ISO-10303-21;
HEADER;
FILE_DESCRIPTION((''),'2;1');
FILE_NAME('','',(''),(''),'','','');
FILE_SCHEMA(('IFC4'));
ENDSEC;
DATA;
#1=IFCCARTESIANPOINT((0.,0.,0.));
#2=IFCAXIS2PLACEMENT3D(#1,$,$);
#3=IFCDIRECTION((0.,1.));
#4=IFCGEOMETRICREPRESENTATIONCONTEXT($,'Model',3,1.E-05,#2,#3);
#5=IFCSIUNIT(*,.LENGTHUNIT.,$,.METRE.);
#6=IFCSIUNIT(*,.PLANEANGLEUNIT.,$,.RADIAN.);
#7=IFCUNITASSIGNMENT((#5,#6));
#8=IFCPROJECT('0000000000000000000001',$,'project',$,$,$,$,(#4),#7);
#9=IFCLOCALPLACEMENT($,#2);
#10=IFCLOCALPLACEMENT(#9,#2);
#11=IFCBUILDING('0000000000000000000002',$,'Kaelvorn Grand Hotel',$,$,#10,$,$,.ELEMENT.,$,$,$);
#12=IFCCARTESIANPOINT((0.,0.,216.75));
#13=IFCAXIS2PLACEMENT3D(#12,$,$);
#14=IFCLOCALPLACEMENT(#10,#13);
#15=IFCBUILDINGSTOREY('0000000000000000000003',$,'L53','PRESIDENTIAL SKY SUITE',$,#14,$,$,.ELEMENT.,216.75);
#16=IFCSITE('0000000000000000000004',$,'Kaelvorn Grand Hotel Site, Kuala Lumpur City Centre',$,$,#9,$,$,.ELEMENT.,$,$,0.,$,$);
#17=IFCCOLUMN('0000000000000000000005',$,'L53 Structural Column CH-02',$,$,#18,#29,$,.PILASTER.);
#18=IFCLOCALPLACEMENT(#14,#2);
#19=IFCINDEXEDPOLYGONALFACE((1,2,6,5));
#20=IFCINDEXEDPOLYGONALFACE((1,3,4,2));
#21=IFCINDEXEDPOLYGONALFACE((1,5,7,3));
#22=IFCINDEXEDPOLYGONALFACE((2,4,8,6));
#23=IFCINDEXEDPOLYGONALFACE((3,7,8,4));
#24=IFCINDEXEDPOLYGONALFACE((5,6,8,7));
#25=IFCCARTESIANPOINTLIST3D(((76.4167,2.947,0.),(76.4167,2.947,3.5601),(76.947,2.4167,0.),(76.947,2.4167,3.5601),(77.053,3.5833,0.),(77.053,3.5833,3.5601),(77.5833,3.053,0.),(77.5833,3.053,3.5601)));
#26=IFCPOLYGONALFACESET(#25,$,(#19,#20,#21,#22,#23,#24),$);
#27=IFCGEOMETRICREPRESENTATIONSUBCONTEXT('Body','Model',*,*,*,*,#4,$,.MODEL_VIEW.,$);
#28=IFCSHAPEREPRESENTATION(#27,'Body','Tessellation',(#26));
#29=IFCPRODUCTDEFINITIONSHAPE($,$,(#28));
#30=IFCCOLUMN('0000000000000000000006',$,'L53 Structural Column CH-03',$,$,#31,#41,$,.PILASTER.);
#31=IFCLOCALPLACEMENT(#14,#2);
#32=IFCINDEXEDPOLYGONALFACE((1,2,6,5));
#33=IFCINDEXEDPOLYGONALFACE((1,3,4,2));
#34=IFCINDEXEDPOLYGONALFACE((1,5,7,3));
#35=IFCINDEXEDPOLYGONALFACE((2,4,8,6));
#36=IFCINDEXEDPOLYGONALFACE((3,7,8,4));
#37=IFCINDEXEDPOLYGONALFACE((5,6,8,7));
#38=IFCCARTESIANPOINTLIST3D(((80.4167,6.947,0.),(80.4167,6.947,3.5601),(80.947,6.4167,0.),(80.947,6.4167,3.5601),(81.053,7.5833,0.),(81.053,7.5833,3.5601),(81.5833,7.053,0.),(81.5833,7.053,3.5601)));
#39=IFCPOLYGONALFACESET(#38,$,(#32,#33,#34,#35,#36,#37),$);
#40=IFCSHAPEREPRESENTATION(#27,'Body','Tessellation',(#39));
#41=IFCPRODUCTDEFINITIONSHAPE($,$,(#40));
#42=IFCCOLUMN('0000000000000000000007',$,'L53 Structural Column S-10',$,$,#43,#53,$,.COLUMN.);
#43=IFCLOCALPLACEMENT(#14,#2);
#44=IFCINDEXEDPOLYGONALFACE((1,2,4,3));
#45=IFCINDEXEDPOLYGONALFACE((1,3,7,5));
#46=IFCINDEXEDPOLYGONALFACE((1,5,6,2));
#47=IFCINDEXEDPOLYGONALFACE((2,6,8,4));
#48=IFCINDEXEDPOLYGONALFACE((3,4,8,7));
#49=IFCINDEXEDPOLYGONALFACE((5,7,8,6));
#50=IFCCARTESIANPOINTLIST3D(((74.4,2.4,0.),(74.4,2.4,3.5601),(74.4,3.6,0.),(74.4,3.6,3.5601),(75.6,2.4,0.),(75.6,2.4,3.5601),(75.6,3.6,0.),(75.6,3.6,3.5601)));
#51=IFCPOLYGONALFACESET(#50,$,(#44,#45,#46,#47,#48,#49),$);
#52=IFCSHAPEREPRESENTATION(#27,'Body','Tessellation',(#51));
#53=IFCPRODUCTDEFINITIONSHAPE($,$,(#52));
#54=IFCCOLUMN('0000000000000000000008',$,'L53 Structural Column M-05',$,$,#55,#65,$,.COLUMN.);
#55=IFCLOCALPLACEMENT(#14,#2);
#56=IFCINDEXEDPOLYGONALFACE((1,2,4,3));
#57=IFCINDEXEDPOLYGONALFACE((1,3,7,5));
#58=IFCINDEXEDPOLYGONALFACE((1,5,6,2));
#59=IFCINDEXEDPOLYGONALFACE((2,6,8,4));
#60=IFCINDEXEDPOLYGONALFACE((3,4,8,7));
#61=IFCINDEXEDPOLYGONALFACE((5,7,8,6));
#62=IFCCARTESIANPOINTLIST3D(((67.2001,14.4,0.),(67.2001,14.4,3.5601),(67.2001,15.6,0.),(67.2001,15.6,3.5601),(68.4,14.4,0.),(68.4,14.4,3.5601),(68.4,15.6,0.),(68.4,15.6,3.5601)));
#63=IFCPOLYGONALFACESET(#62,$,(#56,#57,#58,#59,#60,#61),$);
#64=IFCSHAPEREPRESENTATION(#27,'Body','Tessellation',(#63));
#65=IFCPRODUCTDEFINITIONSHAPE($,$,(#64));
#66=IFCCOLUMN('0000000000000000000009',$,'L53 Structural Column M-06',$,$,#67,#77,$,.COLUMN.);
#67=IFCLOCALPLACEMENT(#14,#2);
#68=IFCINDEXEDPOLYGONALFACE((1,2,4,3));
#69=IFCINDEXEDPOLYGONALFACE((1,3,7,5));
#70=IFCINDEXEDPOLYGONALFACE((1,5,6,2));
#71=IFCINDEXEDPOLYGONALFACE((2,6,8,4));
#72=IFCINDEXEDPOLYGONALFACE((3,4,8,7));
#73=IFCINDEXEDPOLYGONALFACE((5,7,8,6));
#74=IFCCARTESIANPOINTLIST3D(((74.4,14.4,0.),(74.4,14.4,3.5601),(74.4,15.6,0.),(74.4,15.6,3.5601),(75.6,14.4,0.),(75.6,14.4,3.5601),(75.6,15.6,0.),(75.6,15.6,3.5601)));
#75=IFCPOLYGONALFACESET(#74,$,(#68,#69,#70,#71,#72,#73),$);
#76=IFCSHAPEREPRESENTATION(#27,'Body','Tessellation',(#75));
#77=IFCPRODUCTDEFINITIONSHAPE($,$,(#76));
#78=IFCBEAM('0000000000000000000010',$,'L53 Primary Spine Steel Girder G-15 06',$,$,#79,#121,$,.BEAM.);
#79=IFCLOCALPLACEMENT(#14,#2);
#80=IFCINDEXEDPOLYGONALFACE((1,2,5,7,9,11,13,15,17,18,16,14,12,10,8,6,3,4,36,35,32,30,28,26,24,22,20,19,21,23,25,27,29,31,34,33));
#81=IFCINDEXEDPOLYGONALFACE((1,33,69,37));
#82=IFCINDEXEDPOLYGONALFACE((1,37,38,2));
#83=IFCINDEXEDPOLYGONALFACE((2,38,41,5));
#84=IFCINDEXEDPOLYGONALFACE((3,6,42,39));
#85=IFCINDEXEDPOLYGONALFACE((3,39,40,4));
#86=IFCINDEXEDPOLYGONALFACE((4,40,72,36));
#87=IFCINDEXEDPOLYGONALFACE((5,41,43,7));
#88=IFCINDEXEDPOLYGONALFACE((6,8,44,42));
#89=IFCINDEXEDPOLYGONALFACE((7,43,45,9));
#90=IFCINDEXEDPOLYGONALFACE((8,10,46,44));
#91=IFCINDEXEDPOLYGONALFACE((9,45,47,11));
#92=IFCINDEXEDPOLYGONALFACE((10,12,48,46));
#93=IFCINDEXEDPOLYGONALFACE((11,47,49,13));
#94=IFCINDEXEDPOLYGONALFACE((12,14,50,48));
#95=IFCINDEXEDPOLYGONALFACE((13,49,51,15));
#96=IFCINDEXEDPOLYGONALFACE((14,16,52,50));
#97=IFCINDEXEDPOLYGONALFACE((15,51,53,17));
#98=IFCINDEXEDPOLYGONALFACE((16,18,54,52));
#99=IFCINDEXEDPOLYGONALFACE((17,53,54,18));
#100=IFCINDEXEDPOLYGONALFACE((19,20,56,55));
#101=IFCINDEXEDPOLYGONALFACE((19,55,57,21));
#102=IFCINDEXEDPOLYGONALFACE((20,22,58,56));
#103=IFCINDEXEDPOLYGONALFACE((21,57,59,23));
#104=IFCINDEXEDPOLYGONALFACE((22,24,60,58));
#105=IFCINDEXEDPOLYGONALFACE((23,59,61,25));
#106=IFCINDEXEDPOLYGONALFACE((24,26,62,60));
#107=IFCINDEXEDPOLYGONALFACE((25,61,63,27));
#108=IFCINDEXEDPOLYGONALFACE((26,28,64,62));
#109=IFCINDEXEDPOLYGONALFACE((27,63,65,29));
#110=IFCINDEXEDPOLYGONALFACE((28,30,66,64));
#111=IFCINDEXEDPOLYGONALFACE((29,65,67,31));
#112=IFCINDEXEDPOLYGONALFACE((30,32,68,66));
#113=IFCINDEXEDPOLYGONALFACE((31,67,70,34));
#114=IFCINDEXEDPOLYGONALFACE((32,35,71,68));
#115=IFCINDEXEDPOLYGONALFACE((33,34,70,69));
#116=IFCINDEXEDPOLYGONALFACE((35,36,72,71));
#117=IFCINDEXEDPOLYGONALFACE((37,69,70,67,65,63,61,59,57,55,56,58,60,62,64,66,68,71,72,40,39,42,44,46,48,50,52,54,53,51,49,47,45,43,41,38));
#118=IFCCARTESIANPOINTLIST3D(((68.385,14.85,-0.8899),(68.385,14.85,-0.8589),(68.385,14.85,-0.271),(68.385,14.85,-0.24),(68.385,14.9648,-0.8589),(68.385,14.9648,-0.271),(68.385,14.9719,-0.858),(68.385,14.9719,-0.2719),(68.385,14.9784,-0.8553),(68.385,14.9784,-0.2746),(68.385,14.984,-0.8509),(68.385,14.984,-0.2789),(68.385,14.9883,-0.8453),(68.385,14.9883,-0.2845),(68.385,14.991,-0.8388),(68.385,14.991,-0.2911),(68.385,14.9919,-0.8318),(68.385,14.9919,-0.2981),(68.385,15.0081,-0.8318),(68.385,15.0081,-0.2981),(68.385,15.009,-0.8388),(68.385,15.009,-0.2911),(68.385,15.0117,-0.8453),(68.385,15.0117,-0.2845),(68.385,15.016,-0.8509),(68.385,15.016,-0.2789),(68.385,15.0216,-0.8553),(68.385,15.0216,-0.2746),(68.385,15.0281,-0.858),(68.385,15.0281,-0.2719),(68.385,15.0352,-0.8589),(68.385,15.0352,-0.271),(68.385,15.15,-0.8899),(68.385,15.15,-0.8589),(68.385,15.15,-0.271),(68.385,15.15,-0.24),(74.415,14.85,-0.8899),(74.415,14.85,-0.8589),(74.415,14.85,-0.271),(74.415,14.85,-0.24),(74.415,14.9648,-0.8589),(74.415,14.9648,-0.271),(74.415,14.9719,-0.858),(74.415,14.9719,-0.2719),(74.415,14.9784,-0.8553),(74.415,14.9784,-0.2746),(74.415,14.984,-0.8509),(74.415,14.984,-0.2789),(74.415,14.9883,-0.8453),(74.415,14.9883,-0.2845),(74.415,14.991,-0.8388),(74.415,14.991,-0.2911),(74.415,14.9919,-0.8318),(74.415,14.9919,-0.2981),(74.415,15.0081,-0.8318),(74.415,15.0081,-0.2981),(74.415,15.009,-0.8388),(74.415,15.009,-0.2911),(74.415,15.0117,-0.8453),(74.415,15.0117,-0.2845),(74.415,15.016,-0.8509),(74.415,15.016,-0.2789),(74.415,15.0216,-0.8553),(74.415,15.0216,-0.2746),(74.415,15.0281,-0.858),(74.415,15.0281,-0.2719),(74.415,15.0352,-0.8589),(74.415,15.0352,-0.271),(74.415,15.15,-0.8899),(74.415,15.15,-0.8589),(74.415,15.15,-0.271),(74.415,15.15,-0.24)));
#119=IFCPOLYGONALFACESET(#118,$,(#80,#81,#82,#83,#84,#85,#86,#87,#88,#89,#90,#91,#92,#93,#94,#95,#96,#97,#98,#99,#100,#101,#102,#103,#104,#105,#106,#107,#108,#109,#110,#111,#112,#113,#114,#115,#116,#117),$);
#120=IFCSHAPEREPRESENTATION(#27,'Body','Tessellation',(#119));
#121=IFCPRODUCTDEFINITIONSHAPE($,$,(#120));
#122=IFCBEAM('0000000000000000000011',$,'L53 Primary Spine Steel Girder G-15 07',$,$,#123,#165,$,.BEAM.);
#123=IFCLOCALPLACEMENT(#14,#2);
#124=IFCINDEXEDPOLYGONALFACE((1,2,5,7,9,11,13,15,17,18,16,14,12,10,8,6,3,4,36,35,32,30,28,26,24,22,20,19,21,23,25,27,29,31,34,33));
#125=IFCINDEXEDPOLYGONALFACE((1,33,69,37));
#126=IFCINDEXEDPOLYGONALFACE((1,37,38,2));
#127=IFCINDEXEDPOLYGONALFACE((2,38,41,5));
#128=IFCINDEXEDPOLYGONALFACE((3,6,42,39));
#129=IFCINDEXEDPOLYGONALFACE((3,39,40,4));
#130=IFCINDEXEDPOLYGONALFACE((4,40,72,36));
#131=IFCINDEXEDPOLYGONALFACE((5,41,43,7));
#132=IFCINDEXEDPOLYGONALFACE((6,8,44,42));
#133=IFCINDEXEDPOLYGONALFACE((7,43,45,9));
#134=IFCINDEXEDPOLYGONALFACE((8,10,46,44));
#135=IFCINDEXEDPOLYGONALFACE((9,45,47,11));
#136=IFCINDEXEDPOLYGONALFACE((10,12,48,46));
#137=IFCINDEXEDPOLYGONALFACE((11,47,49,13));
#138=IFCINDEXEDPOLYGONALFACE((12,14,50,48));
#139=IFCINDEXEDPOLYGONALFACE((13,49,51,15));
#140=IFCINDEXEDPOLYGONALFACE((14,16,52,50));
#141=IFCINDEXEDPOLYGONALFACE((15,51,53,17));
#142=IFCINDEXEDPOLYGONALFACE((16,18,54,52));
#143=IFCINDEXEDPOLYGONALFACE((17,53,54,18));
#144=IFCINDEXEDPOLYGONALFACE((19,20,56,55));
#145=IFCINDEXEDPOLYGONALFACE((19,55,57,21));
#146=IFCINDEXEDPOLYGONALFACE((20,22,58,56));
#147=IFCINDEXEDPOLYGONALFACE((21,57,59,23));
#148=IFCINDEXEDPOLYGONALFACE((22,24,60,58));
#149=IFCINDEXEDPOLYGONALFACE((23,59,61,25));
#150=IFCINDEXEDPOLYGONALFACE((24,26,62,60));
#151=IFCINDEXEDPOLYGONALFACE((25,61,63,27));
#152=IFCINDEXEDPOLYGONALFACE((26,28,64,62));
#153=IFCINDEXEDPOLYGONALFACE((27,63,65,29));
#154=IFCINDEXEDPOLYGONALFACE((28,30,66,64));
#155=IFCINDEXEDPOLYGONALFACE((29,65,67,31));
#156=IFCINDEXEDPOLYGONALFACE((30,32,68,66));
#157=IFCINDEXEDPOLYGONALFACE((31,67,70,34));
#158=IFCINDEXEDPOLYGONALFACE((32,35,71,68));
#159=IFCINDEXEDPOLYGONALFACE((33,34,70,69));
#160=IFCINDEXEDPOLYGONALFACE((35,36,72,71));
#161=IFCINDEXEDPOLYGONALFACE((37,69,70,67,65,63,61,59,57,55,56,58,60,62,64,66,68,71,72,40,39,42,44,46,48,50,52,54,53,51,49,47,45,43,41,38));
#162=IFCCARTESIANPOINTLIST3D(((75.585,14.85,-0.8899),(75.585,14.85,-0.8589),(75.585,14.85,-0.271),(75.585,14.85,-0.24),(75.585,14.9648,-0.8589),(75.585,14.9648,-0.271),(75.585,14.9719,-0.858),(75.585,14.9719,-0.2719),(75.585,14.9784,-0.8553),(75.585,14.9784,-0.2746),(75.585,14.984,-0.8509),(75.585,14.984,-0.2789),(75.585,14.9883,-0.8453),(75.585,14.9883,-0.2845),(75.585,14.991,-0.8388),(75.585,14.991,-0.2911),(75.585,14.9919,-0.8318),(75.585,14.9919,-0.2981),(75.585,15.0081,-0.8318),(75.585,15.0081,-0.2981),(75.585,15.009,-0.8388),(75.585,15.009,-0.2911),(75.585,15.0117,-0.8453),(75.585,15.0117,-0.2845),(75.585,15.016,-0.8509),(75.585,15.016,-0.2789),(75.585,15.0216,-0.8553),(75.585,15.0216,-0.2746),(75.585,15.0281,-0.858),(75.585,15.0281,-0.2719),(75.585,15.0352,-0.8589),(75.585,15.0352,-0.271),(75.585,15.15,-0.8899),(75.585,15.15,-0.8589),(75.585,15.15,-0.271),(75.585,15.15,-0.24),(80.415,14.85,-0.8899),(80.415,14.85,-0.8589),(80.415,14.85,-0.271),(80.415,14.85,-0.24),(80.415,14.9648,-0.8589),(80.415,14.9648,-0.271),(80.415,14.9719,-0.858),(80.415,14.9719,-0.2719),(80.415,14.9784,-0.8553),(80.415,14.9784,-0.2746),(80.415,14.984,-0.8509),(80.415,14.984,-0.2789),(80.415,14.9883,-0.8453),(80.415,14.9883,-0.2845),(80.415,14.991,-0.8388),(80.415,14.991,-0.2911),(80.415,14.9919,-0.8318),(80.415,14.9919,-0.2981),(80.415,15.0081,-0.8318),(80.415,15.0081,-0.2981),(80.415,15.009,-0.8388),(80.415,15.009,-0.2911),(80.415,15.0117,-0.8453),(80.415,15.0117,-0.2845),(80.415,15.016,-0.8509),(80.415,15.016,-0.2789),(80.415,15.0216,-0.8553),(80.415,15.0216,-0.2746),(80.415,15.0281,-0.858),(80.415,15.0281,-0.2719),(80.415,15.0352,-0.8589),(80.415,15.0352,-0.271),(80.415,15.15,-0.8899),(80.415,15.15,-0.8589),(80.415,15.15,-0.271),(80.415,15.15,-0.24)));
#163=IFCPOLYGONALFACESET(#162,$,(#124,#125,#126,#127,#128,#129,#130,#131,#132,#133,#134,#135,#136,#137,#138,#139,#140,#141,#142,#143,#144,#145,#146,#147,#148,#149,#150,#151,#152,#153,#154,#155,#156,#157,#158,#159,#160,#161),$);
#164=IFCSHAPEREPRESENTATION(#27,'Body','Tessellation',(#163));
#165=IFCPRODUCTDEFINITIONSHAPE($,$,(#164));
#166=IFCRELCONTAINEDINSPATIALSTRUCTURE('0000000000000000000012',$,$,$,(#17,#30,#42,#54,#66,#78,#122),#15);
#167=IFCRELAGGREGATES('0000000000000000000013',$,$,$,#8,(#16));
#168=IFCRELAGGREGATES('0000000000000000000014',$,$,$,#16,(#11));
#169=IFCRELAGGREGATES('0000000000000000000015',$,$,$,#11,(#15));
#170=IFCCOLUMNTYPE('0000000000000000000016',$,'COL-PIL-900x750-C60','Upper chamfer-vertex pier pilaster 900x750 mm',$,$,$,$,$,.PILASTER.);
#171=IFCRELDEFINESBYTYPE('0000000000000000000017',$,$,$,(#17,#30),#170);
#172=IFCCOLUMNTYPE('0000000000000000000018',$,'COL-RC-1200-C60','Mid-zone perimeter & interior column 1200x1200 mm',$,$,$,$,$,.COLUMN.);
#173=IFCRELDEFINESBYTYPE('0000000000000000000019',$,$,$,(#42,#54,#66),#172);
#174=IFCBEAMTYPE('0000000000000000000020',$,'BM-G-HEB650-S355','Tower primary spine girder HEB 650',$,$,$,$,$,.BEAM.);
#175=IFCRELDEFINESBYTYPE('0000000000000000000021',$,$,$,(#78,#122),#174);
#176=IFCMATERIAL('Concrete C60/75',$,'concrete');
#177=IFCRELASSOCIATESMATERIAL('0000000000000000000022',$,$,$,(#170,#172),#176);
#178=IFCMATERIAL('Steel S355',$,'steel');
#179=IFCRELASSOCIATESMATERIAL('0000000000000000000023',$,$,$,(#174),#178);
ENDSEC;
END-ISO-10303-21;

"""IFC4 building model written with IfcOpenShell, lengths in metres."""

from ifc_helpers import new_model, si_unit, direction, frame, origin, origin_2d, place, context, subcontext, project, spatial, rectangle, i_section, extrude, material, material_profile, profile_set, type_object, element, save


model = new_model("IFC4")

# Units and contexts
model_context = context("Model", 3, precision=1e-05, world=origin(), true_north=direction((0.0, 1.0)))
body_context = subcontext(model_context, "Body", "Model", "MODEL_VIEW")
ifc_project = project(units=[si_unit("LENGTHUNIT", "METRE"), si_unit("PLANEANGLEUNIT", "RADIAN")], contexts=[model_context])

# Site, building, storey
site_placement = place(None, origin())
site = spatial("IfcSite", under=ifc_project, at=site_placement, Name="Kaelvorn Grand Hotel Site, Kuala Lumpur City Centre", CompositionType="ELEMENT", RefElevation=0.0)
building_placement = place(site_placement, origin())
building = spatial("IfcBuilding", under=site, at=building_placement, Name="Kaelvorn Grand Hotel", CompositionType="ELEMENT")
storey_placement = place(building_placement, frame((0.0, 0.0, 216.75)))
storey = spatial("IfcBuildingStorey", under=building, at=storey_placement, Name="L53", Description="PRESIDENTIAL SKY SUITE", CompositionType="ELEMENT", Elevation=216.75)

# Columns
ifc_material_1 = material(Name="Concrete C60/75", Category="concrete")
ifc_material_profile_1 = material_profile(ifc_material_1, rectangle(XDim=0.8999, YDim=0.75, at=origin_2d()), Name="RC PILASTER 900x750")
ifc_profile_set_1 = profile_set([ifc_material_profile_1], Name="Concrete C60/75")
column_type_1 = type_object("IfcColumnType", Name="COL-PIL-900x750-C60", Description="Upper chamfer-vertex pier pilaster 900x750 mm", PredefinedType="PILASTER", material=ifc_profile_set_1)
for number, where, z_axis, x_axis, name in (
    (1, (77.0, 3.0, 0.0), (0.0, 0.0, 1.0), (0.707107, 0.707107, 0.0), "L53 Structural Column CH-02"),
    (2, (81.0, 7.0, 0.0), (0.0, 0.0, 1.0), (0.707107, 0.707107, 0.0), "L53 Structural Column CH-03"),
):
    element("IfcColumn", number, at=place(storey_placement, frame(where, z_axis=z_axis, x_axis=x_axis)), inside=storey, type_object=column_type_1, Name=name, PredefinedType="PILASTER", context=body_context, shape_type="SweptSolid", body=[
        extrude(rectangle(XDim=0.8999, YDim=0.75, at=origin_2d()), origin(), (0.0, 0.0, 1.0), 3.5601),
    ])
ifc_material_profile_2 = material_profile(ifc_material_1, rectangle(XDim=1.2, YDim=1.2, at=origin_2d()), Name="RC COL 1200x1200")
ifc_profile_set_2 = profile_set([ifc_material_profile_2], Name="Concrete C60/75")
column_type_2 = type_object("IfcColumnType", Name="COL-RC-1200-C60", Description="Mid-zone perimeter & interior column 1200x1200 mm", PredefinedType="COLUMN", material=ifc_profile_set_2)
for number, where, z_axis, x_axis, name in (
    (3, (75.0, 3.0, 0.0), (0.0, 0.0, 1.0), (1.0, 0.0, 0.0), "L53 Structural Column S-10"),
    (4, (67.8, 15.0, 0.0), (0.0, 0.0, 1.0), (1.0, 0.0, 0.0), "L53 Structural Column M-05"),
    (5, (75.0, 15.0, 0.0), (0.0, 0.0, 1.0), (1.0, 0.0, 0.0), "L53 Structural Column M-06"),
):
    element("IfcColumn", number, at=place(storey_placement, frame(where, z_axis=z_axis, x_axis=x_axis)), inside=storey, type_object=column_type_2, Name=name, PredefinedType="COLUMN", context=body_context, shape_type="SweptSolid", body=[
        extrude(rectangle(XDim=1.2, YDim=1.2, at=origin_2d()), origin(), (0.0, 0.0, 1.0), 3.5601),
    ])

# Beams
ifc_material_2 = material(Name="Steel S355", Category="steel")
ifc_material_profile_3 = material_profile(ifc_material_2, i_section(OverallWidth=0.3, OverallDepth=0.6499, WebThickness=0.0161, FlangeThickness=0.031, FilletRadius=0.0271, at=origin_2d()), Name="HEB 650")
ifc_profile_set_3 = profile_set([ifc_material_profile_3], Name="Steel S355")
beam_type_1 = type_object("IfcBeamType", Name="BM-G-HEB650-S355", Description="Tower primary spine girder HEB 650", PredefinedType="BEAM", material=ifc_profile_set_3)
beam_1_placement = place(storey_placement, frame((68.385, 15.0, -0.5649), z_axis=(1.0, 0.0, 0.0), x_axis=(0.0, 1.0, 0.0)))
element("IfcBeam", 6, at=beam_1_placement, inside=storey, type_object=beam_type_1, Name="L53 Primary Spine Steel Girder G-15 06", PredefinedType="BEAM", context=body_context, shape_type="SweptSolid", body=[
    extrude(i_section(OverallWidth=0.3, OverallDepth=0.6499, WebThickness=0.0161, FlangeThickness=0.031, FilletRadius=0.0271, at=origin_2d()), origin(), (0.0, 0.0, 1.0), 6.03),
])
beam_2_placement = place(storey_placement, frame((75.585, 15.0, -0.5649), z_axis=(1.0, 0.0, 0.0), x_axis=(0.0, 1.0, 0.0)))
element("IfcBeam", 7, at=beam_2_placement, inside=storey, type_object=beam_type_1, Name="L53 Primary Spine Steel Girder G-15 07", PredefinedType="BEAM", context=body_context, shape_type="SweptSolid", body=[
    extrude(i_section(OverallWidth=0.3, OverallDepth=0.6499, WebThickness=0.0161, FlangeThickness=0.031, FilletRadius=0.0271, at=origin_2d()), origin(), (0.0, 0.0, 1.0), 4.8301),
])

save(model, "model.ifc")
